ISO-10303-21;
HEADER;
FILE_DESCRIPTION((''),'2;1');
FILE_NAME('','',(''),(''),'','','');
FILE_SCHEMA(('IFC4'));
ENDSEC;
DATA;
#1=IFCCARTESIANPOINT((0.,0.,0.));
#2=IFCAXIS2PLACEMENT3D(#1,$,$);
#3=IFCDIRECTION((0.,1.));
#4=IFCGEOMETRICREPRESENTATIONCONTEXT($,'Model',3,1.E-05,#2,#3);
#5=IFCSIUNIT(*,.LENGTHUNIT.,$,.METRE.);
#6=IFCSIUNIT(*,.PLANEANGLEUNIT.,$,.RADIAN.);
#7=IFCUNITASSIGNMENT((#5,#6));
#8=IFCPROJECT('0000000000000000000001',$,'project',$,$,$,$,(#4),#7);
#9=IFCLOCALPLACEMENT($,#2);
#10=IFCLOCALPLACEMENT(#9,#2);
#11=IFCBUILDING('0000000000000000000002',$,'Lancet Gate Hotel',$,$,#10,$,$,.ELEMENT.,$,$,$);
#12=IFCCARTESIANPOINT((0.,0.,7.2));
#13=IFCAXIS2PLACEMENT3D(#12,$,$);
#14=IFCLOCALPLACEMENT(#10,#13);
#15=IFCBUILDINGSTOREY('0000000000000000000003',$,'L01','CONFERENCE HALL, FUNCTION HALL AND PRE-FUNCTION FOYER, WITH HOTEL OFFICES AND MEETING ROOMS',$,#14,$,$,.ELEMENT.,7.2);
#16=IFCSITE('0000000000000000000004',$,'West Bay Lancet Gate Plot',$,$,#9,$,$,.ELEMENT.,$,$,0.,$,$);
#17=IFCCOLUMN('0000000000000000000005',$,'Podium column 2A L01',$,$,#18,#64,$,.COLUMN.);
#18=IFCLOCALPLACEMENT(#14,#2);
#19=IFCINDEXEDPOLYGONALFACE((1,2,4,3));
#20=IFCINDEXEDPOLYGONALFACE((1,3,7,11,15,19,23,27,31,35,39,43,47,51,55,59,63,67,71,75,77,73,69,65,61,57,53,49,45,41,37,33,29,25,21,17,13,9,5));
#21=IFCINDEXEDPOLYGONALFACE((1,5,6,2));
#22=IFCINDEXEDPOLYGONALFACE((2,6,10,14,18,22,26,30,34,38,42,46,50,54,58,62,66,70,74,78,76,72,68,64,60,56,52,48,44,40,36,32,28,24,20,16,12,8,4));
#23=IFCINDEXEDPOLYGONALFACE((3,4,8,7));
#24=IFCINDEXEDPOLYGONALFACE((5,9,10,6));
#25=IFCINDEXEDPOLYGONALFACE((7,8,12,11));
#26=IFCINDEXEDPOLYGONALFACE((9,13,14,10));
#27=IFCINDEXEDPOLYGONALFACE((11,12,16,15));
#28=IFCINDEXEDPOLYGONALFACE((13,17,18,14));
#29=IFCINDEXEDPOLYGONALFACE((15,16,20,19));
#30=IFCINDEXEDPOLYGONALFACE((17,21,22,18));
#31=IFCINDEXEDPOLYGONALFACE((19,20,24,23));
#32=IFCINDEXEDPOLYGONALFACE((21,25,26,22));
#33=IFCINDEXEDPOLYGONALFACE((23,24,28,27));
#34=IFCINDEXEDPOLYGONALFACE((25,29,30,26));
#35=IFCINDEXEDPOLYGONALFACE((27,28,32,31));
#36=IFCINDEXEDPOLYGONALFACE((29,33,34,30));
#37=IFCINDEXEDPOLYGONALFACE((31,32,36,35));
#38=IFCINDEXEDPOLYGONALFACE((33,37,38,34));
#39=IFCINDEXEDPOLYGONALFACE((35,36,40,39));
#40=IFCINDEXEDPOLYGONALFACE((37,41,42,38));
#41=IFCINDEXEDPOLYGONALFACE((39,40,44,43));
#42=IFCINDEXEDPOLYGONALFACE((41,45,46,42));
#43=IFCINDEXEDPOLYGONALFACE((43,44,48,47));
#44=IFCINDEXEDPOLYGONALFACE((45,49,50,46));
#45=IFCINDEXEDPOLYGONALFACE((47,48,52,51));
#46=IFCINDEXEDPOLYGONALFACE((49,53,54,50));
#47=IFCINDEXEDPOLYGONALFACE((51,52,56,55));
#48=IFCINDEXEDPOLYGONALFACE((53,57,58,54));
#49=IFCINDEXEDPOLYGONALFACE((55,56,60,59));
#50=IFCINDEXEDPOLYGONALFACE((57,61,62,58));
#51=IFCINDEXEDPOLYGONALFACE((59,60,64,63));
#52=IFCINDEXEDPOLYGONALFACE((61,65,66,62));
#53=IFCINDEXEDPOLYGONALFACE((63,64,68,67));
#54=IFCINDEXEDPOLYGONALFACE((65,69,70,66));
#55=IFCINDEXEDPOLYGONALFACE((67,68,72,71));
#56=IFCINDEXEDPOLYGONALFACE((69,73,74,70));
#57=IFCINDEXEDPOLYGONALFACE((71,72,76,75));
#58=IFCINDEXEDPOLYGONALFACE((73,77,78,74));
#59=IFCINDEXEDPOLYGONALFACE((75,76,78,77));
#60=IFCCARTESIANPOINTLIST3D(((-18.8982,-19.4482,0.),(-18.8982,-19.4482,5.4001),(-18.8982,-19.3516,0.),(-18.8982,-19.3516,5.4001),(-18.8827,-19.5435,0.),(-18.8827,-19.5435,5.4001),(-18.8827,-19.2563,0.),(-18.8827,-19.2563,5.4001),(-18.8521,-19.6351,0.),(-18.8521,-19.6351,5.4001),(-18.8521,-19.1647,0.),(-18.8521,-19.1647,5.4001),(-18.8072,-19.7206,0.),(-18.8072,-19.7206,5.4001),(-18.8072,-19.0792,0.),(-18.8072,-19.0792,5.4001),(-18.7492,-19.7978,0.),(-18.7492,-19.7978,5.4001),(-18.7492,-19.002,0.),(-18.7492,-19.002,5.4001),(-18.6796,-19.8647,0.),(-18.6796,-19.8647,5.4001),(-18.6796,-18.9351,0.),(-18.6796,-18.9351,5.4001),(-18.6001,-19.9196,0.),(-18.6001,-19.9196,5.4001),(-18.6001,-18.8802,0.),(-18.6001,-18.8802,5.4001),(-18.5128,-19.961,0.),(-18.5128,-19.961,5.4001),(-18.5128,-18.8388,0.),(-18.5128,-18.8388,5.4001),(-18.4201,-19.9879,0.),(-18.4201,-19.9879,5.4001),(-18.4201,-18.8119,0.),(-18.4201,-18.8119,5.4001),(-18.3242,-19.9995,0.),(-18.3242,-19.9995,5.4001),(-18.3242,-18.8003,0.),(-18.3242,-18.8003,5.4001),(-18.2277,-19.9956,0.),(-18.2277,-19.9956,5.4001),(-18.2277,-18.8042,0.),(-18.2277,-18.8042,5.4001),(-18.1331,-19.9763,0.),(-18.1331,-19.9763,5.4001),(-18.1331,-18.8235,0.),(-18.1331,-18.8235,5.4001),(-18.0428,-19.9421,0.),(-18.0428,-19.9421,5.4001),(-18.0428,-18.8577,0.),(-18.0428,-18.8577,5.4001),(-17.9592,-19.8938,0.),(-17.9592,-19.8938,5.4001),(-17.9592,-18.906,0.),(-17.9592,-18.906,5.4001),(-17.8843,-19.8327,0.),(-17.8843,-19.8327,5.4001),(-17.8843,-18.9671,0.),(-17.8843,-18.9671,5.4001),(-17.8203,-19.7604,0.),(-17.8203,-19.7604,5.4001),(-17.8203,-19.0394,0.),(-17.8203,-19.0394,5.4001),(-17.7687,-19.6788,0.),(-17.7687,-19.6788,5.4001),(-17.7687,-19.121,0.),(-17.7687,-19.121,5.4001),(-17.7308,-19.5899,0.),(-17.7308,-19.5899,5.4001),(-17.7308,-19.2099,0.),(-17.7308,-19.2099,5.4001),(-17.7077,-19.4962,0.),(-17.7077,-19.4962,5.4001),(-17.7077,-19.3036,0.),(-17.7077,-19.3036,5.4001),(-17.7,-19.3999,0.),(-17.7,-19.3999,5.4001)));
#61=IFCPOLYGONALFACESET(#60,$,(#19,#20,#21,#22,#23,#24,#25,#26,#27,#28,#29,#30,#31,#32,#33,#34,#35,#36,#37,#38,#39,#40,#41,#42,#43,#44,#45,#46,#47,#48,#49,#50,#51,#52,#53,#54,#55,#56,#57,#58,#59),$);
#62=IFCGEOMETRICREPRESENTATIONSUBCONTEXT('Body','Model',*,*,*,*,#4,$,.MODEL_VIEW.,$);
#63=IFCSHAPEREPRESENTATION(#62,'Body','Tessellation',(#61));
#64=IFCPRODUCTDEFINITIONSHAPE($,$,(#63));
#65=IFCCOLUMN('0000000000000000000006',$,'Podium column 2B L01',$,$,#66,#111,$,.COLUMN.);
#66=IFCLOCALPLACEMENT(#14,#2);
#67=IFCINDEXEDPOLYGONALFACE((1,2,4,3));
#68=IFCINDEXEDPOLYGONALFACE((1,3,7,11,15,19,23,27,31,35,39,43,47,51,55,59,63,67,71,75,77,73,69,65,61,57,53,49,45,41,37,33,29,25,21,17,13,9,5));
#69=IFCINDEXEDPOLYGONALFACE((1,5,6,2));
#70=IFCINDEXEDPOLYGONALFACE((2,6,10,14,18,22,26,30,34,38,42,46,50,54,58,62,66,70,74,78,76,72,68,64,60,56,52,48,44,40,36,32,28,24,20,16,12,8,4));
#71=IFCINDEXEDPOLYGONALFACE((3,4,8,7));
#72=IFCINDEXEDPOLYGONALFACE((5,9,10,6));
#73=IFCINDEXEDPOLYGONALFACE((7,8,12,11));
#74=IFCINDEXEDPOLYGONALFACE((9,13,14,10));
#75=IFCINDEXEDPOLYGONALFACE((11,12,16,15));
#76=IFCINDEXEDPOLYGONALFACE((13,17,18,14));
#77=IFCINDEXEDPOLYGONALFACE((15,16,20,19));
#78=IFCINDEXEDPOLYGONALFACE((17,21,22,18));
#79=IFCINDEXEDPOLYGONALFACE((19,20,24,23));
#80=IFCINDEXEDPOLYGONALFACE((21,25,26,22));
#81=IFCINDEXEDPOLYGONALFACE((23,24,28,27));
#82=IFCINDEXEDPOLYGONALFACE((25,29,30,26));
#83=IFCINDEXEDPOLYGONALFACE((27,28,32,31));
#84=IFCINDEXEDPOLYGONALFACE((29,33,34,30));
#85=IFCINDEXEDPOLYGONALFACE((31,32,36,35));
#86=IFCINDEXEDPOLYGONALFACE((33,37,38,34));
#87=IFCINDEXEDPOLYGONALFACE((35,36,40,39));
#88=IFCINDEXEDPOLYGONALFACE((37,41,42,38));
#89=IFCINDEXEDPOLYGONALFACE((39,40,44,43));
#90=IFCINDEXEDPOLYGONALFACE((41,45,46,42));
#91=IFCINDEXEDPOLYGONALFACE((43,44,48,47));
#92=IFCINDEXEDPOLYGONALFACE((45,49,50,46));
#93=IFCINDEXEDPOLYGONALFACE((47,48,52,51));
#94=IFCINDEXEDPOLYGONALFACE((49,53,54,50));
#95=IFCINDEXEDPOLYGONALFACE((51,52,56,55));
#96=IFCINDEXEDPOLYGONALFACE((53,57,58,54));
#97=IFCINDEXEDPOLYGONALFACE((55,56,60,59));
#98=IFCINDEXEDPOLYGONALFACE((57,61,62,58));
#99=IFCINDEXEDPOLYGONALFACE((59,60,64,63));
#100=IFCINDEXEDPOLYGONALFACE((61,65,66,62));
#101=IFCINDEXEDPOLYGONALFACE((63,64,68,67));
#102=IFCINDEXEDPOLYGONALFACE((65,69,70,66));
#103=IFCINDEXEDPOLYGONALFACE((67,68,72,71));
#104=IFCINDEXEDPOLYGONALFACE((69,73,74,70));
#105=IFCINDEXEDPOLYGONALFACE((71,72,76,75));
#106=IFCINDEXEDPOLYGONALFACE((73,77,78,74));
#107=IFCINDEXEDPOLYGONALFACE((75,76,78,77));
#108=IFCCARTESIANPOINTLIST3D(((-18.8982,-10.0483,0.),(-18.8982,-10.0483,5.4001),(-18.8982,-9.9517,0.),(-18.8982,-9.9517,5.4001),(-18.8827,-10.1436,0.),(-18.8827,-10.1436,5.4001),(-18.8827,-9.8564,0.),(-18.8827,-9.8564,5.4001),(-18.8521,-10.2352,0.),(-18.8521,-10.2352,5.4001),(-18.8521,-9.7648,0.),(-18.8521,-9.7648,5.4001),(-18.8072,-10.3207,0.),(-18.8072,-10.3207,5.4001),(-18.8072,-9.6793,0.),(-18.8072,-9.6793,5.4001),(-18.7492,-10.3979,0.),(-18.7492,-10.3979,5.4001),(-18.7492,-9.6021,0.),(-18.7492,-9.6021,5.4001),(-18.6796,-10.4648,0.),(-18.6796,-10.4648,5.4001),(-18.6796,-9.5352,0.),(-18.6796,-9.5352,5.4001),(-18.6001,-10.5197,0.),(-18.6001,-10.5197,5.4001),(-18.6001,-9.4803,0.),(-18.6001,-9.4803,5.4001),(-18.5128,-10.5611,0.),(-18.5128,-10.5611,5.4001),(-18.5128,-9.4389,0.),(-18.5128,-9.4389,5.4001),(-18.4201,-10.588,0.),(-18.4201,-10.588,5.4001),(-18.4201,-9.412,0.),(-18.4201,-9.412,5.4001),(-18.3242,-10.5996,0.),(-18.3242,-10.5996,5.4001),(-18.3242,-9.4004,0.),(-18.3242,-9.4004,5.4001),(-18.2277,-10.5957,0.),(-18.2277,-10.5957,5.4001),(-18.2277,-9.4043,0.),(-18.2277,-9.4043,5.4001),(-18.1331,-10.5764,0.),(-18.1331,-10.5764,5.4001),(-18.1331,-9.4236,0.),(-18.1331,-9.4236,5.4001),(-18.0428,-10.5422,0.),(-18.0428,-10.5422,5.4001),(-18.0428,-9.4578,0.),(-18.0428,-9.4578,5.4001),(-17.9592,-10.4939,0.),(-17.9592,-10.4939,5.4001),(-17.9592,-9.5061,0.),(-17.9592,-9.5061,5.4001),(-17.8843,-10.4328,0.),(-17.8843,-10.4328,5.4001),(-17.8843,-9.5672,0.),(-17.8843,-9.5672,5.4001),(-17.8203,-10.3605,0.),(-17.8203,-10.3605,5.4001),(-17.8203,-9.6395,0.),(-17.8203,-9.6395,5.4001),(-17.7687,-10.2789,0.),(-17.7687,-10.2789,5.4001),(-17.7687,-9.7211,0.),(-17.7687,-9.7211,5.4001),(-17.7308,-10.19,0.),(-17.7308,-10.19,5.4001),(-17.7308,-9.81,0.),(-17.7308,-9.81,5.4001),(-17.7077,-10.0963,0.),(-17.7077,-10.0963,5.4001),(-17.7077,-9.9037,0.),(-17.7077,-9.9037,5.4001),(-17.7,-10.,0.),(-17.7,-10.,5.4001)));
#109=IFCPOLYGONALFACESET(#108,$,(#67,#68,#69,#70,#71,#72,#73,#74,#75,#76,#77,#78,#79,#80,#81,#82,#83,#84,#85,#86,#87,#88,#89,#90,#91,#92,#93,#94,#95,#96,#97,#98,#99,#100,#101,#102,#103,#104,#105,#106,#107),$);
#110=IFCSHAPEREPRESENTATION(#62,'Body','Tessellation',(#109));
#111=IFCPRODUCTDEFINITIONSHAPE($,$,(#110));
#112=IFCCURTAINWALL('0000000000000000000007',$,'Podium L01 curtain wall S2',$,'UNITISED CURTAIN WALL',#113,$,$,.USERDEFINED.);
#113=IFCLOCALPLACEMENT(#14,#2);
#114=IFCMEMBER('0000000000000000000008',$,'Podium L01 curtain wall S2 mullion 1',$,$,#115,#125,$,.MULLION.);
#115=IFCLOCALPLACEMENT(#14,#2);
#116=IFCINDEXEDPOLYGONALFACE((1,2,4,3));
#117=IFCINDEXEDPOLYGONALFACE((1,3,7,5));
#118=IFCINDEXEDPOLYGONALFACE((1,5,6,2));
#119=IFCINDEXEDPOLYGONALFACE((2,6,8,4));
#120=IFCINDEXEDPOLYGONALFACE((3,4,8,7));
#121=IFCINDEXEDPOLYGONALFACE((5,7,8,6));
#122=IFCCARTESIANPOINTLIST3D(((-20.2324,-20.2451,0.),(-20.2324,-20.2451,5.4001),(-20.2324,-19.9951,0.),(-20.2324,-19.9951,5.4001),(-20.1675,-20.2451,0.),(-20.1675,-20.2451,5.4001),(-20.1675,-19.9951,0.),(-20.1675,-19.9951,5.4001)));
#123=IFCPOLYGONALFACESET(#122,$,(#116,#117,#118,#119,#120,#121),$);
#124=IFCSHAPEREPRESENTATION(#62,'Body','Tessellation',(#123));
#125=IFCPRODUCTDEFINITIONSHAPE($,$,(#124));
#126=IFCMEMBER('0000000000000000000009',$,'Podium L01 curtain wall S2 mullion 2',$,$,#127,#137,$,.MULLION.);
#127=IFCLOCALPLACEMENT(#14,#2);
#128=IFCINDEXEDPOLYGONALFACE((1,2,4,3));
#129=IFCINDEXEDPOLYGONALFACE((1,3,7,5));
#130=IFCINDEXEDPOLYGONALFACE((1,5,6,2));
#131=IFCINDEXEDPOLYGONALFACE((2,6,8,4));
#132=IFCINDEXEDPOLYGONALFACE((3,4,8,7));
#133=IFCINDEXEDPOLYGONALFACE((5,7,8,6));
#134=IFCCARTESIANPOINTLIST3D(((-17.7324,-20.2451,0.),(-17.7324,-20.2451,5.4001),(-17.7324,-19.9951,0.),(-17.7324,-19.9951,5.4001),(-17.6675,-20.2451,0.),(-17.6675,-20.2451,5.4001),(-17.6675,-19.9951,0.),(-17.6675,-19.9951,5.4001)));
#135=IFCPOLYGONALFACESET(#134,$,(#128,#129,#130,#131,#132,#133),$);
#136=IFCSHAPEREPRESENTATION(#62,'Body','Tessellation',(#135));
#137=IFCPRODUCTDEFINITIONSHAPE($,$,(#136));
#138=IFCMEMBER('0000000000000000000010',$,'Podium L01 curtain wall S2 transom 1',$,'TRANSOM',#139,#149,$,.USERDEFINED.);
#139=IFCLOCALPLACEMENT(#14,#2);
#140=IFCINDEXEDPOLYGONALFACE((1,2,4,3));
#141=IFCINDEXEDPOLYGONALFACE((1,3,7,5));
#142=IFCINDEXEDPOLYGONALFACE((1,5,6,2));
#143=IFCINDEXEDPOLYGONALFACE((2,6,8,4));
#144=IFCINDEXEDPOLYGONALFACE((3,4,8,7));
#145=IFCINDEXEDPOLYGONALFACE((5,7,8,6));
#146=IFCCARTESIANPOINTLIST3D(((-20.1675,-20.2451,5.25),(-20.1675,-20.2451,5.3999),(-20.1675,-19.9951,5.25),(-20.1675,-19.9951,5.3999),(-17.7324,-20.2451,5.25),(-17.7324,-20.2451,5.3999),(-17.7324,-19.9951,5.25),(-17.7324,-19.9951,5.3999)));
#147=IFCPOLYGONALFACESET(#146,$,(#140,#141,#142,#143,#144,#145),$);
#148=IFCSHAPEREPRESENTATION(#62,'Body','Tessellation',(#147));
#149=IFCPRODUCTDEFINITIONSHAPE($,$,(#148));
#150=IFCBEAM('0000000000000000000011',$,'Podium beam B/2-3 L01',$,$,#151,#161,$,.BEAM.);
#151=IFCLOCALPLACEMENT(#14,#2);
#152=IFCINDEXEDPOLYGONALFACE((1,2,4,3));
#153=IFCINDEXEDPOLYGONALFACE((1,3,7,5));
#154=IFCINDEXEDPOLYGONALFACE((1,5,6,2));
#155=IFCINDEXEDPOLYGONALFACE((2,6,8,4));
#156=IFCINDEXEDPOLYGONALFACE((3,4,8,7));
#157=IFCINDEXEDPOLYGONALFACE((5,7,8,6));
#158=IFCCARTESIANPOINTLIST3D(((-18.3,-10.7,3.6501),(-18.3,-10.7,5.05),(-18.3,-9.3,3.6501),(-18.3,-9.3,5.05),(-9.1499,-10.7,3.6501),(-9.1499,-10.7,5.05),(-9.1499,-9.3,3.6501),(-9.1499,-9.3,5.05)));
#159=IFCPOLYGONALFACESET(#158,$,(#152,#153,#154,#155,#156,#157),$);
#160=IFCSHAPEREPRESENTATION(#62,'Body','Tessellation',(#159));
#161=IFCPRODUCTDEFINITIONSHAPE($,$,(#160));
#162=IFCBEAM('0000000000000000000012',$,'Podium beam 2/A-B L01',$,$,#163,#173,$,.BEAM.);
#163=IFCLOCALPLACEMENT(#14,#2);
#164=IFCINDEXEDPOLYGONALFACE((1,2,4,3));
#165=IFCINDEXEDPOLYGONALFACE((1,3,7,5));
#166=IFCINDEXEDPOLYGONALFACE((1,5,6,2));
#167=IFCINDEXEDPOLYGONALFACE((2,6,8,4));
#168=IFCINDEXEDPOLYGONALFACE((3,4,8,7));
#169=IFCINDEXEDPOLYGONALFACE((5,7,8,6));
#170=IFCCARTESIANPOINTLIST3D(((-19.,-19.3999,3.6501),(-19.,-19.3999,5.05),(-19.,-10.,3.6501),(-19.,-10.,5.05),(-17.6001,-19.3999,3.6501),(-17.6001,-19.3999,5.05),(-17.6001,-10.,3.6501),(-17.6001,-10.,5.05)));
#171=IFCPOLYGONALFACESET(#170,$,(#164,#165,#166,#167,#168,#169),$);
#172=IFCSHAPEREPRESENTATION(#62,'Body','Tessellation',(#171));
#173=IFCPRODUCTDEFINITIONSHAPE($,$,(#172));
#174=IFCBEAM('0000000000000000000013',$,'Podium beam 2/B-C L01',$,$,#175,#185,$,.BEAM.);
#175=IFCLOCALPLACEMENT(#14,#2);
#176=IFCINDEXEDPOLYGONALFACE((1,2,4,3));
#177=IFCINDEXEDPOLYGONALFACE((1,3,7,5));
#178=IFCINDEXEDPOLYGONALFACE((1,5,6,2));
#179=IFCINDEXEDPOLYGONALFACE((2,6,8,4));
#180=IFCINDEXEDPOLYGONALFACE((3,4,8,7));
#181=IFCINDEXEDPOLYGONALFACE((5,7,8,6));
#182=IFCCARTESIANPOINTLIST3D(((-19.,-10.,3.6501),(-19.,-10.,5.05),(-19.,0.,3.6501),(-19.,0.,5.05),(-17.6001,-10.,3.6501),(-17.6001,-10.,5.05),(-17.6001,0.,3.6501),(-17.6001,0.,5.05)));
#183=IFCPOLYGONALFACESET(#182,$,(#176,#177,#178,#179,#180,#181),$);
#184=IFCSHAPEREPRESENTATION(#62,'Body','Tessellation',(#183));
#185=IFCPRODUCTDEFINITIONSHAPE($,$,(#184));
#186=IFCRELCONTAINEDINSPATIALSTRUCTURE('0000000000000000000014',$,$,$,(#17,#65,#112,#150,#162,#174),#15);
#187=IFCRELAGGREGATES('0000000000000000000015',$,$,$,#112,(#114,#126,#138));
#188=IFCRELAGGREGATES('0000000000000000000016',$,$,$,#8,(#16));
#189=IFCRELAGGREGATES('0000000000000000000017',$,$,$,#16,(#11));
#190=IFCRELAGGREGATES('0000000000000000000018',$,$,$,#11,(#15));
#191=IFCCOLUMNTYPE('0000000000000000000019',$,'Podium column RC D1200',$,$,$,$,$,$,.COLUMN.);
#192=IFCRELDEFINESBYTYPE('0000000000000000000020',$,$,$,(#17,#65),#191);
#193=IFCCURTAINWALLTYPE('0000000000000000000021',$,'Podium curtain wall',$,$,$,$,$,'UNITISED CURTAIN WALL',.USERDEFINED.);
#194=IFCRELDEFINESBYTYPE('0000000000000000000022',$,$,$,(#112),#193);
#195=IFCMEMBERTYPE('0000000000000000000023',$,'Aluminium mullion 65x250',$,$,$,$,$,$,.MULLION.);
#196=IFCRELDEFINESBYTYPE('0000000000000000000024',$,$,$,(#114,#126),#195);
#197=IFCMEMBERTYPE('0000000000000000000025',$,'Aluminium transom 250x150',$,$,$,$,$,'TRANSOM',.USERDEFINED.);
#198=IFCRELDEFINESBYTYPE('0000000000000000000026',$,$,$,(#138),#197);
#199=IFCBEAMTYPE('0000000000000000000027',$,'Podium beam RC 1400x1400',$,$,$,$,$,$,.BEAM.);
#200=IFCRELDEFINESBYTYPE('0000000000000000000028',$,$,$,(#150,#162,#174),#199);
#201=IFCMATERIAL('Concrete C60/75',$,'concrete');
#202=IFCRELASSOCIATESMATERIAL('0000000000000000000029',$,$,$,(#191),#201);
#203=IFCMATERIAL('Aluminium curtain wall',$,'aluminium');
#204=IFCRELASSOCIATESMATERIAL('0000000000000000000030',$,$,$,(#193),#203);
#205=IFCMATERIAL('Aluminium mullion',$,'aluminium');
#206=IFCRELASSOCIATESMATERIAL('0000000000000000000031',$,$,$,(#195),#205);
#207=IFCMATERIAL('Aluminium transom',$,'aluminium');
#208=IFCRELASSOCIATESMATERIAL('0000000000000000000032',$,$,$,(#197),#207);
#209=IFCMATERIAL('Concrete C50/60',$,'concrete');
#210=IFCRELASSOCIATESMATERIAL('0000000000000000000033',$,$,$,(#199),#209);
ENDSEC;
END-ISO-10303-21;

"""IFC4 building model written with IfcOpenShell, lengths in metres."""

from ifc_helpers import new_model, si_unit, direction, frame, origin, origin_2d, place, context, subcontext, project, spatial, rectangle, circle, extrude, material, material_profile, profile_set, type_object, element, aggregate, save


model = new_model("IFC4")

# Units and contexts
model_context = context("Model", 3, precision=1e-05, world=origin(), true_north=direction((0.0, 1.0)))
body_context = subcontext(model_context, "Body", "Model", "MODEL_VIEW")
ifc_project = project(units=[si_unit("LENGTHUNIT", "METRE"), si_unit("PLANEANGLEUNIT", "RADIAN")], contexts=[model_context])

# Site, building, storey
site_placement = place(None, origin())
site = spatial("IfcSite", under=ifc_project, at=site_placement, Name="West Bay Lancet Gate Plot", CompositionType="ELEMENT", RefElevation=0.0)
building_placement = place(site_placement, origin())
building = spatial("IfcBuilding", under=site, at=building_placement, Name="Lancet Gate Hotel", CompositionType="ELEMENT")
storey_placement = place(building_placement, frame((0.0, 0.0, 7.2)))
storey = spatial("IfcBuildingStorey", under=building, at=storey_placement, Name="L01", Description="CONFERENCE HALL, FUNCTION HALL AND PRE-FUNCTION FOYER, WITH HOTEL OFFICES AND MEETING ROOMS", CompositionType="ELEMENT", Elevation=7.2)

# Columns
ifc_material_1 = material(Name="Concrete C60/75", Category="concrete")
ifc_material_profile_1 = material_profile(ifc_material_1, circle(Radius=0.6001, at=origin_2d()), Name="RC D1200")
ifc_profile_set_1 = profile_set([ifc_material_profile_1], Name="Concrete C60/75")
column_type = type_object("IfcColumnType", Name="Podium column RC D1200", PredefinedType="COLUMN", material=ifc_profile_set_1)
for number, where, z_axis, x_axis, name in (
    (1, (-18.3, -19.3999, 0.0), (0.0, 0.0, 1.0), (1.0, 0.0, 0.0), "Podium column 2A L01"),
    (2, (-18.3, -10.0, 0.0), (0.0, 0.0, 1.0), (1.0, 0.0, 0.0), "Podium column 2B L01"),
):
    element("IfcColumn", number, at=place(storey_placement, frame(where, z_axis=z_axis, x_axis=x_axis)), inside=storey, type_object=column_type, Name=name, PredefinedType="COLUMN", context=body_context, shape_type="SweptSolid", body=[
        extrude(circle(Radius=0.6001, at=origin_2d()), origin(), (0.0, 0.0, 1.0), 5.4001),
    ])

# Curtain wall, members
ifc_material_2 = material(Name="Aluminium curtain wall", Category="aluminium")
curtain_wall_type = type_object("IfcCurtainWallType", Name="Podium curtain wall", ElementType="UNITISED CURTAIN WALL", PredefinedType="USERDEFINED", material=ifc_material_2)
curtain_wall_placement = place(storey_placement, origin())
curtain_wall = element("IfcCurtainWall", 3, at=curtain_wall_placement, inside=storey, type_object=curtain_wall_type, Name="Podium L01 curtain wall S2", ObjectType="UNITISED CURTAIN WALL", PredefinedType="USERDEFINED")
ifc_material_3 = material(Name="Aluminium mullion", Category="aluminium")
ifc_material_profile_2 = material_profile(ifc_material_3, rectangle(XDim=0.0649, YDim=0.25, at=origin_2d()), Name="MULLION 65x250")
ifc_profile_set_2 = profile_set([ifc_material_profile_2], Name="Aluminium mullion")
member_type_1 = type_object("IfcMemberType", Name="Aluminium mullion 65x250", PredefinedType="MULLION", material=ifc_profile_set_2)
member_1_placement = place(storey_placement, frame((-20.2, -20.1201, 0.0), z_axis=(0.0, 0.0, 1.0), x_axis=(1.0, 0.0, 0.0)))
member_1 = element("IfcMember", 4, at=member_1_placement, type_object=member_type_1, Name="Podium L01 curtain wall S2 mullion 1", PredefinedType="MULLION", context=body_context, shape_type="SweptSolid", body=[
    extrude(rectangle(XDim=0.0649, YDim=0.25, at=origin_2d()), origin(), (0.0, 0.0, 1.0), 5.4001),
])
member_2_placement = place(storey_placement, frame((-17.7, -20.1201, 0.0), z_axis=(0.0, 0.0, 1.0), x_axis=(1.0, 0.0, 0.0)))
member_2 = element("IfcMember", 5, at=member_2_placement, type_object=member_type_1, Name="Podium L01 curtain wall S2 mullion 2", PredefinedType="MULLION", context=body_context, shape_type="SweptSolid", body=[
    extrude(rectangle(XDim=0.0649, YDim=0.25, at=origin_2d()), origin(), (0.0, 0.0, 1.0), 5.4001),
])
ifc_material_4 = material(Name="Aluminium transom", Category="aluminium")
ifc_material_profile_3 = material_profile(ifc_material_4, rectangle(XDim=0.25, YDim=0.1499, at=origin_2d()), Name="TRANSOM 250x150")
ifc_profile_set_3 = profile_set([ifc_material_profile_3], Name="Aluminium transom")
member_type_2 = type_object("IfcMemberType", Name="Aluminium transom 250x150", ElementType="TRANSOM", PredefinedType="USERDEFINED", material=ifc_profile_set_3)
member_3_placement = place(storey_placement, frame((-20.1675, -20.1201, 5.325), z_axis=(1.0, 0.0, 0.0), x_axis=(0.0, 1.0, 0.0)))
member_3 = element("IfcMember", 6, at=member_3_placement, type_object=member_type_2, Name="Podium L01 curtain wall S2 transom 1", ObjectType="TRANSOM", PredefinedType="USERDEFINED", context=body_context, shape_type="SweptSolid", body=[
    extrude(rectangle(XDim=0.25, YDim=0.1499, at=origin_2d()), origin(), (0.0, 0.0, 1.0), 2.4351),
])

# Beams
ifc_material_5 = material(Name="Concrete C50/60", Category="concrete")
ifc_material_profile_4 = material_profile(ifc_material_5, rectangle(XDim=1.3999, YDim=1.3999, at=origin_2d()), Name="RC 1400x1400")
ifc_profile_set_4 = profile_set([ifc_material_profile_4], Name="Concrete C50/60")
beam_type_1 = type_object("IfcBeamType", Name="Podium beam RC 1400x1400", PredefinedType="BEAM", material=ifc_profile_set_4)
beam_1_placement = place(storey_placement, frame((-18.3, -10.0, 4.3501), z_axis=(1.0, 0.0, 0.0), x_axis=(0.0, 1.0, 0.0)))
element("IfcBeam", 7, at=beam_1_placement, inside=storey, type_object=beam_type_1, Name="Podium beam B/2-3 L01", PredefinedType="BEAM", context=body_context, shape_type="SweptSolid", body=[
    extrude(rectangle(XDim=1.3999, YDim=1.3999, at=origin_2d()), origin(), (0.0, 0.0, 1.0), 9.1501),
])
beam_2_placement = place(storey_placement, frame((-18.3, -19.3999, 4.3501), z_axis=(0.0, 1.0, 0.0), x_axis=(-1.0, 0.0, 0.0)))
element("IfcBeam", 8, at=beam_2_placement, inside=storey, type_object=beam_type_1, Name="Podium beam 2/A-B L01", PredefinedType="BEAM", context=body_context, shape_type="SweptSolid", body=[
    extrude(rectangle(XDim=1.3999, YDim=1.3999, at=origin_2d()), origin(), (0.0, 0.0, 1.0), 9.3999),
])
beam_3_placement = place(storey_placement, frame((-18.3, -10.0, 4.3501), z_axis=(0.0, 1.0, 0.0), x_axis=(-1.0, 0.0, 0.0)))
element("IfcBeam", 9, at=beam_3_placement, inside=storey, type_object=beam_type_1, Name="Podium beam 2/B-C L01", PredefinedType="BEAM", context=body_context, shape_type="SweptSolid", body=[
    extrude(rectangle(XDim=1.3999, YDim=1.3999, at=origin_2d()), origin(), (0.0, 0.0, 1.0), 10.0),
])

aggregate(curtain_wall, [member_1, member_2, member_3])

save(model, "model.ifc")
